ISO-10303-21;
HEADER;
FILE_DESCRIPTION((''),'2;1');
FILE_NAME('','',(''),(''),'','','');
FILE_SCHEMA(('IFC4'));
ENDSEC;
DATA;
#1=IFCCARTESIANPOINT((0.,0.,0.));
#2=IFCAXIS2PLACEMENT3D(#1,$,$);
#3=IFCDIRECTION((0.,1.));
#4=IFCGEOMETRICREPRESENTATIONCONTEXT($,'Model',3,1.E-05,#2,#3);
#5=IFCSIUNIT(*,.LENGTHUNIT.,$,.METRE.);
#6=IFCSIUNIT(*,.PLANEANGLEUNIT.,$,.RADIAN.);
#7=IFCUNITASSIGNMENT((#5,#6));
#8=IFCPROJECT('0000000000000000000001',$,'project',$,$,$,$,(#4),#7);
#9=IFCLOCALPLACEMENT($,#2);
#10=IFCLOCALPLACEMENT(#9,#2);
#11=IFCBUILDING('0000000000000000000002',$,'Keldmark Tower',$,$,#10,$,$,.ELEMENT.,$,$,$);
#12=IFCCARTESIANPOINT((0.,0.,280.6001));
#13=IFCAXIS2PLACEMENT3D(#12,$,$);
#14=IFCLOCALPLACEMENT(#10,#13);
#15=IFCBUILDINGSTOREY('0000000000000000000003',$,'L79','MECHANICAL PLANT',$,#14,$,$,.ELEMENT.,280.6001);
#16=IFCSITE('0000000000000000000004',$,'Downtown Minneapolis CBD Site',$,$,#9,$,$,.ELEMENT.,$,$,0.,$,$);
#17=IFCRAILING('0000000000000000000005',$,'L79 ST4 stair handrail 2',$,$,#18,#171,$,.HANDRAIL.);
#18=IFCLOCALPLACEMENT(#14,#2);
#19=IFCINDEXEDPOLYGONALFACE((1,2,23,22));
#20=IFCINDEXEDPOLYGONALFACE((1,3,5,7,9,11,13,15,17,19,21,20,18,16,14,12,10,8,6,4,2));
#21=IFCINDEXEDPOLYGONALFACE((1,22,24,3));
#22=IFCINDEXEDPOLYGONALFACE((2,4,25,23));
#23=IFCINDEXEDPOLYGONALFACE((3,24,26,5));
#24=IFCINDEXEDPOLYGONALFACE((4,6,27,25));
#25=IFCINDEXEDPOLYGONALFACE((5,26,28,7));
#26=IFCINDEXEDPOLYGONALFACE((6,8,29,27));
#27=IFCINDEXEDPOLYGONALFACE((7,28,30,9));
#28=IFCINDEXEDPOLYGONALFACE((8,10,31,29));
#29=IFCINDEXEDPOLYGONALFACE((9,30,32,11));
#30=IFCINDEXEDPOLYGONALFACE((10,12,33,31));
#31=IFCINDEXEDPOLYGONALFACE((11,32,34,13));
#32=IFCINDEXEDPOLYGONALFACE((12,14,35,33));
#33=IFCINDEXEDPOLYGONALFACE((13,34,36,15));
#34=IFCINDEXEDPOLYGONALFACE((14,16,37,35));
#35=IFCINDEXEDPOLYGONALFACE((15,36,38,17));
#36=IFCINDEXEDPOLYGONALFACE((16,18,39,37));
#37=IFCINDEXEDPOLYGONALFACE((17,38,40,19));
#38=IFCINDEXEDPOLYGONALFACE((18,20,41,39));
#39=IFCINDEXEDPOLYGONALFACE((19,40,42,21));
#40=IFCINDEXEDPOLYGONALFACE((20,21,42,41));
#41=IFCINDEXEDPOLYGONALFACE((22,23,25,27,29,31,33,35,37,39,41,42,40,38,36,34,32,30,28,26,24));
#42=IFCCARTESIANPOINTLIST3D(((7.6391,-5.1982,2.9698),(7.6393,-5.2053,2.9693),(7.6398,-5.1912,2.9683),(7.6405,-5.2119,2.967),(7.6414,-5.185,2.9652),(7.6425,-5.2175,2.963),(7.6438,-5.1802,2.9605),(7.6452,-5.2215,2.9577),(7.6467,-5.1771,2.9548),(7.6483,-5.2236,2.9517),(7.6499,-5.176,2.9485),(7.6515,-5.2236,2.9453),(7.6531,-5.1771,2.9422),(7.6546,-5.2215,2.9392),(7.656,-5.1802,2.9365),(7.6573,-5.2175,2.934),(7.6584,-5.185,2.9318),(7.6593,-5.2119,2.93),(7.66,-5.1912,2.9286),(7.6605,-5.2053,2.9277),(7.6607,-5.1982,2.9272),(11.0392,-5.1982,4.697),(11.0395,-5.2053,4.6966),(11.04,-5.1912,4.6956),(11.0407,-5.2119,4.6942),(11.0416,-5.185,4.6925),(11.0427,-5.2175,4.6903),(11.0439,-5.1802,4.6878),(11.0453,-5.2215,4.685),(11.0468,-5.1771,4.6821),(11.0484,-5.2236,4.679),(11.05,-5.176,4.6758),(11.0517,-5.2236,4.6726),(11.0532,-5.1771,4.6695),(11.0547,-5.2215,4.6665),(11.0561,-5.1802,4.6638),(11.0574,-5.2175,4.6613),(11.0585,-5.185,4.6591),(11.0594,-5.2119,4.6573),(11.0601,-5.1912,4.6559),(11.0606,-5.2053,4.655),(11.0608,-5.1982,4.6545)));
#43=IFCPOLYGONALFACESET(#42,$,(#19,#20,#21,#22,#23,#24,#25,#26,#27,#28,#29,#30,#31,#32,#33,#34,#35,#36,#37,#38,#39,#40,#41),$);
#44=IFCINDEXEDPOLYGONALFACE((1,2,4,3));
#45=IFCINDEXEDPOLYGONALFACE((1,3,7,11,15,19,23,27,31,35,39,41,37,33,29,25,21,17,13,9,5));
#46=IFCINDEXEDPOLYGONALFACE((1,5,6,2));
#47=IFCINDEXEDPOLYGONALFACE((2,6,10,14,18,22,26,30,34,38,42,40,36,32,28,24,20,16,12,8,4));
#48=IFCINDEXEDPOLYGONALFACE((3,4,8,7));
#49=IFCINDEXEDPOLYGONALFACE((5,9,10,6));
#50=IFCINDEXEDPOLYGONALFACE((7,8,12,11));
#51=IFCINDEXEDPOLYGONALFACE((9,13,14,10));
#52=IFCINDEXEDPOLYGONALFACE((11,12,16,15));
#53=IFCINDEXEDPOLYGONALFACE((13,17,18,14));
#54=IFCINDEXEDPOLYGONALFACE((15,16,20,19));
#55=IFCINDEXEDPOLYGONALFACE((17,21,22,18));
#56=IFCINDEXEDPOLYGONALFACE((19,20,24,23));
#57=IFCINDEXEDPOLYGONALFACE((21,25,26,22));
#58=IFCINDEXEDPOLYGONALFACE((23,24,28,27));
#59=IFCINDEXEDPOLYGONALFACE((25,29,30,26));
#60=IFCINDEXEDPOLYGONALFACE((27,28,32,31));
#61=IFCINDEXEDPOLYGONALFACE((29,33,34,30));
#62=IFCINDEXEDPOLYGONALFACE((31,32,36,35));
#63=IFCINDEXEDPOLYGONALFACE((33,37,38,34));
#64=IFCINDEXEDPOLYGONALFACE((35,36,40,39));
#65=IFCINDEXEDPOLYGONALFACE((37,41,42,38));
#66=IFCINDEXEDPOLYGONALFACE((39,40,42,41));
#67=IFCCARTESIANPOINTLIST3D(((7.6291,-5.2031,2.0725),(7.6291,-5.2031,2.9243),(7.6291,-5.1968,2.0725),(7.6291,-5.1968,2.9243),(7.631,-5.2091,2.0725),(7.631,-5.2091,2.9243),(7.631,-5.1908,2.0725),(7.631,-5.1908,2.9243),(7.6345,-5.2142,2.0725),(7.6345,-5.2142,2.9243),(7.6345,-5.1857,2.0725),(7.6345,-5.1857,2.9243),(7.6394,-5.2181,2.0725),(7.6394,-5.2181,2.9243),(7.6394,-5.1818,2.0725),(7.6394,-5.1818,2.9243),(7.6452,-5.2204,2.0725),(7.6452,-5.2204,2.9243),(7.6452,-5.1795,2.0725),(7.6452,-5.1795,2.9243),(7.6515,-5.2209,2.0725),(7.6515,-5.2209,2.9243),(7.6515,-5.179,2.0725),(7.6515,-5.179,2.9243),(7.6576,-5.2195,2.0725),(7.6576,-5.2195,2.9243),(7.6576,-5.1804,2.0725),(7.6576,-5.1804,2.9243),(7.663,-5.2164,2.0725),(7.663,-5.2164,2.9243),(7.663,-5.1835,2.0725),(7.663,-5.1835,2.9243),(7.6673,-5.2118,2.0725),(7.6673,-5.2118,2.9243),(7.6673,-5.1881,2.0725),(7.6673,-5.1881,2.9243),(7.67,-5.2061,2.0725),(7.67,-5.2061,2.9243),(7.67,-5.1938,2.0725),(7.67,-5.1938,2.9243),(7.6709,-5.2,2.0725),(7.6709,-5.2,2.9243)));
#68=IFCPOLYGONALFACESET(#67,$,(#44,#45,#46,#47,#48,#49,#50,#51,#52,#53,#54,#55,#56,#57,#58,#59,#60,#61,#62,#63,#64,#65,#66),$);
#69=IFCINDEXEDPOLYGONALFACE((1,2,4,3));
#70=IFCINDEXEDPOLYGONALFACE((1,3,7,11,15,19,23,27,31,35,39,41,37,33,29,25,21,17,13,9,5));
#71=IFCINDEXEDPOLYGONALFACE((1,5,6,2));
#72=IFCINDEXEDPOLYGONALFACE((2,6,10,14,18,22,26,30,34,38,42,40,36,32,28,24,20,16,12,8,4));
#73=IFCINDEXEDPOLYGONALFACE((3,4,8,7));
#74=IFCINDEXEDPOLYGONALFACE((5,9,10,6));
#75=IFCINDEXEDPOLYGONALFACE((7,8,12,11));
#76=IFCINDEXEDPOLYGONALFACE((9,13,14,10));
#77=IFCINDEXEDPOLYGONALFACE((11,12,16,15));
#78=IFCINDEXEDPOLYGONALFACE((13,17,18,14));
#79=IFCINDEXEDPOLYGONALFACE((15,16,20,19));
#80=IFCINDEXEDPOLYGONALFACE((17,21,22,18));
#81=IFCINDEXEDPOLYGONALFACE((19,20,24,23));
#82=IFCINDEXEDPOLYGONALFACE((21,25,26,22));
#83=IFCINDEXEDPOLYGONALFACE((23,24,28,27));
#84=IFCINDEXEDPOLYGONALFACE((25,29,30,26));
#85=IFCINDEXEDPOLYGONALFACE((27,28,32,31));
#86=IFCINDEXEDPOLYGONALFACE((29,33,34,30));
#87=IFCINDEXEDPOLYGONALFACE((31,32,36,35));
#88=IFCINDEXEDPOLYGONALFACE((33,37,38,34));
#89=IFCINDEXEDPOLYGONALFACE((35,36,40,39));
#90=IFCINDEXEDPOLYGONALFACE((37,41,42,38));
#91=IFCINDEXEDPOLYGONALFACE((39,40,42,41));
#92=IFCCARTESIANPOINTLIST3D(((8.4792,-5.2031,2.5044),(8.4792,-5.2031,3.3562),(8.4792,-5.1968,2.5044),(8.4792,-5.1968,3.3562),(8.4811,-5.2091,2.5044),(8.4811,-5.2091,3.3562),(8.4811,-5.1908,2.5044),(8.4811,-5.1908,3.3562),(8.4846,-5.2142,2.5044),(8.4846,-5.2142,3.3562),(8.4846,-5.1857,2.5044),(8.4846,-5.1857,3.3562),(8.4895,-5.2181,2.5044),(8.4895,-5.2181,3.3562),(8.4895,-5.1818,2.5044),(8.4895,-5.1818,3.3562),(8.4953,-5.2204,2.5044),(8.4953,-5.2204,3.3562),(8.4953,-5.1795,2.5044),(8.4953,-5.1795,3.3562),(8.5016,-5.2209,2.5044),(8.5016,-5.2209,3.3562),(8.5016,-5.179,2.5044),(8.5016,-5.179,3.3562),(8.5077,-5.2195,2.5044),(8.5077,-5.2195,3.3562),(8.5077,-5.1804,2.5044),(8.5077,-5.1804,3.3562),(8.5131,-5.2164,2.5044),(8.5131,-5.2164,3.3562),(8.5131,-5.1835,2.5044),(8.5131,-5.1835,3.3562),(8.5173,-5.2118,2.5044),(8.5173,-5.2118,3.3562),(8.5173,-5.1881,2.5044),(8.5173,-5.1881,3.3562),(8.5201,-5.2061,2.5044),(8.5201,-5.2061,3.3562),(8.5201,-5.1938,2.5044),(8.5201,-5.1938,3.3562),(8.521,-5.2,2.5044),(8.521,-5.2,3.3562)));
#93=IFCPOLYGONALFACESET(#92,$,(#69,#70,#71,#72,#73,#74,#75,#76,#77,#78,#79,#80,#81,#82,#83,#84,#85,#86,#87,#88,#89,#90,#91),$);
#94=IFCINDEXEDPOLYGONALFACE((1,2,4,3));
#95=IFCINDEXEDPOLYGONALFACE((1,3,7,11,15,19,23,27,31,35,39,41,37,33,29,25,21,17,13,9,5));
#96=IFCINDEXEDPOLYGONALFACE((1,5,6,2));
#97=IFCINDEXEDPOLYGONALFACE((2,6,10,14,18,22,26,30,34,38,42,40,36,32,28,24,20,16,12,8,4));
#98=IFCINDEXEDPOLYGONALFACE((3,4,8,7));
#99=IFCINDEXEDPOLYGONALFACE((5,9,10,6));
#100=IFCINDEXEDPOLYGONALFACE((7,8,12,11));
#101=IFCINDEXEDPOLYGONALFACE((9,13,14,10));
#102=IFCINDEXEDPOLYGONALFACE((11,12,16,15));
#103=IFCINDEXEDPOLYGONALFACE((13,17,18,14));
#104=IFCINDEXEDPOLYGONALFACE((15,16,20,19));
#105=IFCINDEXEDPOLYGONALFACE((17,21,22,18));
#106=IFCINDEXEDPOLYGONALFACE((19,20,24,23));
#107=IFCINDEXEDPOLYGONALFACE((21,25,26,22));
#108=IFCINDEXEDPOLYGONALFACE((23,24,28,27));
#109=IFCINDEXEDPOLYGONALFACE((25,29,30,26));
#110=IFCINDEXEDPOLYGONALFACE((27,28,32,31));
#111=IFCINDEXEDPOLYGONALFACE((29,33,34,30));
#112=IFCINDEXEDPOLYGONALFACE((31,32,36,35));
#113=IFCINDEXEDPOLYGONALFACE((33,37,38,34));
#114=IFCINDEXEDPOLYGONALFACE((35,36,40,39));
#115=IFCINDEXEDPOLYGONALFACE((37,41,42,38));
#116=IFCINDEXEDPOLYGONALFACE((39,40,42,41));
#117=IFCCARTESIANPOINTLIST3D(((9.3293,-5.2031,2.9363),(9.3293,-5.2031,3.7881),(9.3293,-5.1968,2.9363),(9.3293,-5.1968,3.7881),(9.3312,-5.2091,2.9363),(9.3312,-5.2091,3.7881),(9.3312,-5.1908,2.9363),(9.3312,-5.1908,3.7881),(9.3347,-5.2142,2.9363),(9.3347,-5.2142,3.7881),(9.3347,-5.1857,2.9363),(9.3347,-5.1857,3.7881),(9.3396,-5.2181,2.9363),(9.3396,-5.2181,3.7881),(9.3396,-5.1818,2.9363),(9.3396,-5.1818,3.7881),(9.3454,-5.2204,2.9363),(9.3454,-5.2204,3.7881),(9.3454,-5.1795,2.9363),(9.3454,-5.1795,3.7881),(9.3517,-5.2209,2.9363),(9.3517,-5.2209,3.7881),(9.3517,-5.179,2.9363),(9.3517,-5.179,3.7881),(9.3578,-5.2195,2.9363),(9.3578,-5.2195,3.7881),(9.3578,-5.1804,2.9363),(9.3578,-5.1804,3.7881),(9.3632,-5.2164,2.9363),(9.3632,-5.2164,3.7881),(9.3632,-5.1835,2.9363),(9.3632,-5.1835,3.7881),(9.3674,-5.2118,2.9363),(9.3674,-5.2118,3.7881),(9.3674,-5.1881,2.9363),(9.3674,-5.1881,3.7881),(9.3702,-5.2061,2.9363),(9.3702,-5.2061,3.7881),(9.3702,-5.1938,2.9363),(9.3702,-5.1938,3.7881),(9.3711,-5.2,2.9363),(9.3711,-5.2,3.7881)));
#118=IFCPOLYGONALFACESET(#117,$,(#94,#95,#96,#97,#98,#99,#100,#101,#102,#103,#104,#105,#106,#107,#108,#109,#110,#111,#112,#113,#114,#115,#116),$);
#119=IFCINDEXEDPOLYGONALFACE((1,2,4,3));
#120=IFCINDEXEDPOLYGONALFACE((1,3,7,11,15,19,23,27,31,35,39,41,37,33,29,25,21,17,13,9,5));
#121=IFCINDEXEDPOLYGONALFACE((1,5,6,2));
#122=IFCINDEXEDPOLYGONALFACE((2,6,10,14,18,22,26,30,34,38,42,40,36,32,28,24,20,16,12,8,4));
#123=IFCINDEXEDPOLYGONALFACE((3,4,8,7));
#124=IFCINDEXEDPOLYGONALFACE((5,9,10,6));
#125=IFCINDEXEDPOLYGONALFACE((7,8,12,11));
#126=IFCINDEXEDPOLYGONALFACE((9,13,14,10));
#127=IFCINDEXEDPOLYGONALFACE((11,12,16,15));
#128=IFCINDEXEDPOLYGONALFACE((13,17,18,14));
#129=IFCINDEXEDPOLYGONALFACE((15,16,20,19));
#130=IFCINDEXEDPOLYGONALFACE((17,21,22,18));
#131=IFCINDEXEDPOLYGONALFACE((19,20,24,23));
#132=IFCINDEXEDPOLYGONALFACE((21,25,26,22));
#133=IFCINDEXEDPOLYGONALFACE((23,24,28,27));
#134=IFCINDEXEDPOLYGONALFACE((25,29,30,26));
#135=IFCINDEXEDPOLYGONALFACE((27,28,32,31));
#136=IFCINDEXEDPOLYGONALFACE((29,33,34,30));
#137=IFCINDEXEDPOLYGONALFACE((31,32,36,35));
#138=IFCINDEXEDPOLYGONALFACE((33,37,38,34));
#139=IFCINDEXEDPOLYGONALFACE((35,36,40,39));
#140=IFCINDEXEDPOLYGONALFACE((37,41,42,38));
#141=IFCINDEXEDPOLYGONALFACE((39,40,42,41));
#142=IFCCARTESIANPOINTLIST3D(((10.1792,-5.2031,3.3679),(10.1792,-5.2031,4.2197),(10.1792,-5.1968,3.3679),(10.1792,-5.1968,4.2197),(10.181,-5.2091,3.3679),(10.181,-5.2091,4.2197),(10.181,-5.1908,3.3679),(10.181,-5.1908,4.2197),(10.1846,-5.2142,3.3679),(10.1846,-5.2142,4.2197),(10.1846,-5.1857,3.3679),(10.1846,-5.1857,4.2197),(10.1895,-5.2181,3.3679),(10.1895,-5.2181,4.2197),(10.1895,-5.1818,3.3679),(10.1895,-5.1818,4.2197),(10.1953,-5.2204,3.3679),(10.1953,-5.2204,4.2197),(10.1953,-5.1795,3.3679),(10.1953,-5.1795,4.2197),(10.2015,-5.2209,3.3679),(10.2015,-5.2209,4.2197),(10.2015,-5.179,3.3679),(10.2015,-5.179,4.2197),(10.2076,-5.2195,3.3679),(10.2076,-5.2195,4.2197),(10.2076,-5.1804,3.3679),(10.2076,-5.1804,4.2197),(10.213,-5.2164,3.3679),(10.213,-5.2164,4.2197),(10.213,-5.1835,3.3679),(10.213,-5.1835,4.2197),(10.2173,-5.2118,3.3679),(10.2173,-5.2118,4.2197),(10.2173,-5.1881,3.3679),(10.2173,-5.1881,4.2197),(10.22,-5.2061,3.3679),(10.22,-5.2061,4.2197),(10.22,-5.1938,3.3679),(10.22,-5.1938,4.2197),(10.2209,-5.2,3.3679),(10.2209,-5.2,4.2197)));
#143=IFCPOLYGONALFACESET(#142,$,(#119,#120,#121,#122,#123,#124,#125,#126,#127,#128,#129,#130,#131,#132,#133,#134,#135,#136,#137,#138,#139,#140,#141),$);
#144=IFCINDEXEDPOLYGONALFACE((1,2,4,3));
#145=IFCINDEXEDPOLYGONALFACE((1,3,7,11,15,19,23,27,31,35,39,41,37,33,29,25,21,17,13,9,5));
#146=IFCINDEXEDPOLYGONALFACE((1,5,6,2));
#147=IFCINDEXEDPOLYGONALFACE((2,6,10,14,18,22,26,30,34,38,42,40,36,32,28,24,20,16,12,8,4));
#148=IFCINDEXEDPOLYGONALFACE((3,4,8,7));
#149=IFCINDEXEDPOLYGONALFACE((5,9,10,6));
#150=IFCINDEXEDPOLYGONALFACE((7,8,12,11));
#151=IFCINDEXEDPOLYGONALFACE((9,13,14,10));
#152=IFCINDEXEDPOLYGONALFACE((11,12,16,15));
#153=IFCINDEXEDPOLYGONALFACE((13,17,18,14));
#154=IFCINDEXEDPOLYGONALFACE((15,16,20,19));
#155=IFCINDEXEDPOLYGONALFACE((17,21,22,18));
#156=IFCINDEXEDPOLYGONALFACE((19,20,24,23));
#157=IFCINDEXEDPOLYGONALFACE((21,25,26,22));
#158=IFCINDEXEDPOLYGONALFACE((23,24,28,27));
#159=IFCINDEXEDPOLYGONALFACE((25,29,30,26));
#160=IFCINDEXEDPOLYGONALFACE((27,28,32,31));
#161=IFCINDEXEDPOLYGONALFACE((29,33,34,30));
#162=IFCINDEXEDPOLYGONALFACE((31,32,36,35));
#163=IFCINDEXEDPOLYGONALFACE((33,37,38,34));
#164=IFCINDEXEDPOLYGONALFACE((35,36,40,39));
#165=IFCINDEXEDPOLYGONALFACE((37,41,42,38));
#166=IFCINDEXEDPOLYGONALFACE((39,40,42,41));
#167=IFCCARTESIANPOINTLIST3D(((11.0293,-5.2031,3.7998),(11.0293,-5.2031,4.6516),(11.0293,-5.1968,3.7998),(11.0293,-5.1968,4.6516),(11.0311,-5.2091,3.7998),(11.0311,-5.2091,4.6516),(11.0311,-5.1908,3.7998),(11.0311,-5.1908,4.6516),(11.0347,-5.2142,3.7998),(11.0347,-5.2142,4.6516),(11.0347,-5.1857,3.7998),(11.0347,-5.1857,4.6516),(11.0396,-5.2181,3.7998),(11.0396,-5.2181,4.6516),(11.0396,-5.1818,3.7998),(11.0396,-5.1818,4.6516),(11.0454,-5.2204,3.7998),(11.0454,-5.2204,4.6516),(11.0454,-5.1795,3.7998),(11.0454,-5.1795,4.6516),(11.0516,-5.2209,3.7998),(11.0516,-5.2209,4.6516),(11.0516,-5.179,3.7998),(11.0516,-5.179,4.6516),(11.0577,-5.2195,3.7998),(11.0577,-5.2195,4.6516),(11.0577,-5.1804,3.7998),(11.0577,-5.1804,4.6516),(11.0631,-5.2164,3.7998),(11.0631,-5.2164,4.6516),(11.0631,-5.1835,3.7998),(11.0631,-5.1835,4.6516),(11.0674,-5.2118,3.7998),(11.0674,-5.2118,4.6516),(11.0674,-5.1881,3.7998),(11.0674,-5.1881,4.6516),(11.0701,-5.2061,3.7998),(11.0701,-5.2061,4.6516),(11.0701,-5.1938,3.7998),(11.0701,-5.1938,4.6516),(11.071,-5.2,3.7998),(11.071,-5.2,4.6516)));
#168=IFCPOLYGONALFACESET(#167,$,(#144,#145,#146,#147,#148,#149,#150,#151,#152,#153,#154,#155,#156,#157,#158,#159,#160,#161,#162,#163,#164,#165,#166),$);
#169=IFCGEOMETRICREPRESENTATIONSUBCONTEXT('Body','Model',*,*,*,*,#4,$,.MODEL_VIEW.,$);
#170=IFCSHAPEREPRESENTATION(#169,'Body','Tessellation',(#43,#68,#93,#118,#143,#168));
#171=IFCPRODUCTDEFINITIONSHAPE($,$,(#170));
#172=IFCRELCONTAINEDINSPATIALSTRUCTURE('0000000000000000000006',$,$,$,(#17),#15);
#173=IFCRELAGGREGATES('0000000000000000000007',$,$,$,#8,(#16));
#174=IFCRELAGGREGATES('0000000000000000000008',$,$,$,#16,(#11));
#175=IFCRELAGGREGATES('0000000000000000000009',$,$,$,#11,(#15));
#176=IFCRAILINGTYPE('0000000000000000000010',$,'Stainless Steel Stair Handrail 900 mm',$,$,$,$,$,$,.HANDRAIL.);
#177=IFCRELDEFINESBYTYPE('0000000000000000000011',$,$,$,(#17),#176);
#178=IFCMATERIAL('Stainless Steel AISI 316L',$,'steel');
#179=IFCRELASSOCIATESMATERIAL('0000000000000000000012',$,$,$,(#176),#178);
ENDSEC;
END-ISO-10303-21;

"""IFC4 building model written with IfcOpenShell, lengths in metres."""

from ifc_helpers import new_model, si_unit, direction, frame, origin, origin_2d, place, context, subcontext, project, spatial, circle, extrude, material, type_object, element, save


model = new_model("IFC4")

# Units and contexts
model_context = context("Model", 3, precision=1e-05, world=origin(), true_north=direction((0.0, 1.0)))
body_context = subcontext(model_context, "Body", "Model", "MODEL_VIEW")
ifc_project = project(units=[si_unit("LENGTHUNIT", "METRE"), si_unit("PLANEANGLEUNIT", "RADIAN")], contexts=[model_context])

# Site, building, storey
site_placement = place(None, origin())
site = spatial("IfcSite", under=ifc_project, at=site_placement, Name="Downtown Minneapolis CBD Site", CompositionType="ELEMENT", RefElevation=0.0)
building_placement = place(site_placement, origin())
building = spatial("IfcBuilding", under=site, at=building_placement, Name="Keldmark Tower", CompositionType="ELEMENT")
storey_placement = place(building_placement, frame((0.0, 0.0, 280.6001)))
storey = spatial("IfcBuildingStorey", under=building, at=storey_placement, Name="L79", Description="MECHANICAL PLANT", CompositionType="ELEMENT", Elevation=280.6001)

# Railing
ifc_material_1 = material(Name="Stainless Steel AISI 316L", Category="steel")
railing_type_1 = type_object("IfcRailingType", Name="Stainless Steel Stair Handrail 900 mm", PredefinedType="HANDRAIL", material=ifc_material_1)
railing_1_placement = place(storey_placement, frame((7.6499, -5.2, 2.0725)))
element("IfcRailing", 1, at=railing_1_placement, inside=storey, type_object=railing_type_1, Name="L79 ST4 stair handrail 2", PredefinedType="HANDRAIL", context=body_context, shape_type="SweptSolid", body=[
    extrude(circle(Radius=0.0239, at=origin_2d()), frame((0.0, 0.0, 0.876), z_axis=(0.891554, 0.0, 0.452915), x_axis=(0.0, 1.0, 0.0)), (0.0, 0.0, 1.0), 3.8137),
    extrude(circle(Radius=0.021, at=origin_2d()), origin(), (0.0, 0.0, 1.0), 0.8518),
    extrude(circle(Radius=0.021, at=origin_2d()), frame((0.8501, 0.0, 0.4319)), (0.0, 0.0, 1.0), 0.8518),
    extrude(circle(Radius=0.021, at=origin_2d()), frame((1.7002, 0.0, 0.8638)), (0.0, 0.0, 1.0), 0.8518),
    extrude(circle(Radius=0.021, at=origin_2d()), frame((2.55, 0.0, 1.2954)), (0.0, 0.0, 1.0), 0.8518),
    extrude(circle(Radius=0.021, at=origin_2d()), frame((3.4001, 0.0, 1.7273)), (0.0, 0.0, 1.0), 0.8518),
])

save(model, "model.ifc")
